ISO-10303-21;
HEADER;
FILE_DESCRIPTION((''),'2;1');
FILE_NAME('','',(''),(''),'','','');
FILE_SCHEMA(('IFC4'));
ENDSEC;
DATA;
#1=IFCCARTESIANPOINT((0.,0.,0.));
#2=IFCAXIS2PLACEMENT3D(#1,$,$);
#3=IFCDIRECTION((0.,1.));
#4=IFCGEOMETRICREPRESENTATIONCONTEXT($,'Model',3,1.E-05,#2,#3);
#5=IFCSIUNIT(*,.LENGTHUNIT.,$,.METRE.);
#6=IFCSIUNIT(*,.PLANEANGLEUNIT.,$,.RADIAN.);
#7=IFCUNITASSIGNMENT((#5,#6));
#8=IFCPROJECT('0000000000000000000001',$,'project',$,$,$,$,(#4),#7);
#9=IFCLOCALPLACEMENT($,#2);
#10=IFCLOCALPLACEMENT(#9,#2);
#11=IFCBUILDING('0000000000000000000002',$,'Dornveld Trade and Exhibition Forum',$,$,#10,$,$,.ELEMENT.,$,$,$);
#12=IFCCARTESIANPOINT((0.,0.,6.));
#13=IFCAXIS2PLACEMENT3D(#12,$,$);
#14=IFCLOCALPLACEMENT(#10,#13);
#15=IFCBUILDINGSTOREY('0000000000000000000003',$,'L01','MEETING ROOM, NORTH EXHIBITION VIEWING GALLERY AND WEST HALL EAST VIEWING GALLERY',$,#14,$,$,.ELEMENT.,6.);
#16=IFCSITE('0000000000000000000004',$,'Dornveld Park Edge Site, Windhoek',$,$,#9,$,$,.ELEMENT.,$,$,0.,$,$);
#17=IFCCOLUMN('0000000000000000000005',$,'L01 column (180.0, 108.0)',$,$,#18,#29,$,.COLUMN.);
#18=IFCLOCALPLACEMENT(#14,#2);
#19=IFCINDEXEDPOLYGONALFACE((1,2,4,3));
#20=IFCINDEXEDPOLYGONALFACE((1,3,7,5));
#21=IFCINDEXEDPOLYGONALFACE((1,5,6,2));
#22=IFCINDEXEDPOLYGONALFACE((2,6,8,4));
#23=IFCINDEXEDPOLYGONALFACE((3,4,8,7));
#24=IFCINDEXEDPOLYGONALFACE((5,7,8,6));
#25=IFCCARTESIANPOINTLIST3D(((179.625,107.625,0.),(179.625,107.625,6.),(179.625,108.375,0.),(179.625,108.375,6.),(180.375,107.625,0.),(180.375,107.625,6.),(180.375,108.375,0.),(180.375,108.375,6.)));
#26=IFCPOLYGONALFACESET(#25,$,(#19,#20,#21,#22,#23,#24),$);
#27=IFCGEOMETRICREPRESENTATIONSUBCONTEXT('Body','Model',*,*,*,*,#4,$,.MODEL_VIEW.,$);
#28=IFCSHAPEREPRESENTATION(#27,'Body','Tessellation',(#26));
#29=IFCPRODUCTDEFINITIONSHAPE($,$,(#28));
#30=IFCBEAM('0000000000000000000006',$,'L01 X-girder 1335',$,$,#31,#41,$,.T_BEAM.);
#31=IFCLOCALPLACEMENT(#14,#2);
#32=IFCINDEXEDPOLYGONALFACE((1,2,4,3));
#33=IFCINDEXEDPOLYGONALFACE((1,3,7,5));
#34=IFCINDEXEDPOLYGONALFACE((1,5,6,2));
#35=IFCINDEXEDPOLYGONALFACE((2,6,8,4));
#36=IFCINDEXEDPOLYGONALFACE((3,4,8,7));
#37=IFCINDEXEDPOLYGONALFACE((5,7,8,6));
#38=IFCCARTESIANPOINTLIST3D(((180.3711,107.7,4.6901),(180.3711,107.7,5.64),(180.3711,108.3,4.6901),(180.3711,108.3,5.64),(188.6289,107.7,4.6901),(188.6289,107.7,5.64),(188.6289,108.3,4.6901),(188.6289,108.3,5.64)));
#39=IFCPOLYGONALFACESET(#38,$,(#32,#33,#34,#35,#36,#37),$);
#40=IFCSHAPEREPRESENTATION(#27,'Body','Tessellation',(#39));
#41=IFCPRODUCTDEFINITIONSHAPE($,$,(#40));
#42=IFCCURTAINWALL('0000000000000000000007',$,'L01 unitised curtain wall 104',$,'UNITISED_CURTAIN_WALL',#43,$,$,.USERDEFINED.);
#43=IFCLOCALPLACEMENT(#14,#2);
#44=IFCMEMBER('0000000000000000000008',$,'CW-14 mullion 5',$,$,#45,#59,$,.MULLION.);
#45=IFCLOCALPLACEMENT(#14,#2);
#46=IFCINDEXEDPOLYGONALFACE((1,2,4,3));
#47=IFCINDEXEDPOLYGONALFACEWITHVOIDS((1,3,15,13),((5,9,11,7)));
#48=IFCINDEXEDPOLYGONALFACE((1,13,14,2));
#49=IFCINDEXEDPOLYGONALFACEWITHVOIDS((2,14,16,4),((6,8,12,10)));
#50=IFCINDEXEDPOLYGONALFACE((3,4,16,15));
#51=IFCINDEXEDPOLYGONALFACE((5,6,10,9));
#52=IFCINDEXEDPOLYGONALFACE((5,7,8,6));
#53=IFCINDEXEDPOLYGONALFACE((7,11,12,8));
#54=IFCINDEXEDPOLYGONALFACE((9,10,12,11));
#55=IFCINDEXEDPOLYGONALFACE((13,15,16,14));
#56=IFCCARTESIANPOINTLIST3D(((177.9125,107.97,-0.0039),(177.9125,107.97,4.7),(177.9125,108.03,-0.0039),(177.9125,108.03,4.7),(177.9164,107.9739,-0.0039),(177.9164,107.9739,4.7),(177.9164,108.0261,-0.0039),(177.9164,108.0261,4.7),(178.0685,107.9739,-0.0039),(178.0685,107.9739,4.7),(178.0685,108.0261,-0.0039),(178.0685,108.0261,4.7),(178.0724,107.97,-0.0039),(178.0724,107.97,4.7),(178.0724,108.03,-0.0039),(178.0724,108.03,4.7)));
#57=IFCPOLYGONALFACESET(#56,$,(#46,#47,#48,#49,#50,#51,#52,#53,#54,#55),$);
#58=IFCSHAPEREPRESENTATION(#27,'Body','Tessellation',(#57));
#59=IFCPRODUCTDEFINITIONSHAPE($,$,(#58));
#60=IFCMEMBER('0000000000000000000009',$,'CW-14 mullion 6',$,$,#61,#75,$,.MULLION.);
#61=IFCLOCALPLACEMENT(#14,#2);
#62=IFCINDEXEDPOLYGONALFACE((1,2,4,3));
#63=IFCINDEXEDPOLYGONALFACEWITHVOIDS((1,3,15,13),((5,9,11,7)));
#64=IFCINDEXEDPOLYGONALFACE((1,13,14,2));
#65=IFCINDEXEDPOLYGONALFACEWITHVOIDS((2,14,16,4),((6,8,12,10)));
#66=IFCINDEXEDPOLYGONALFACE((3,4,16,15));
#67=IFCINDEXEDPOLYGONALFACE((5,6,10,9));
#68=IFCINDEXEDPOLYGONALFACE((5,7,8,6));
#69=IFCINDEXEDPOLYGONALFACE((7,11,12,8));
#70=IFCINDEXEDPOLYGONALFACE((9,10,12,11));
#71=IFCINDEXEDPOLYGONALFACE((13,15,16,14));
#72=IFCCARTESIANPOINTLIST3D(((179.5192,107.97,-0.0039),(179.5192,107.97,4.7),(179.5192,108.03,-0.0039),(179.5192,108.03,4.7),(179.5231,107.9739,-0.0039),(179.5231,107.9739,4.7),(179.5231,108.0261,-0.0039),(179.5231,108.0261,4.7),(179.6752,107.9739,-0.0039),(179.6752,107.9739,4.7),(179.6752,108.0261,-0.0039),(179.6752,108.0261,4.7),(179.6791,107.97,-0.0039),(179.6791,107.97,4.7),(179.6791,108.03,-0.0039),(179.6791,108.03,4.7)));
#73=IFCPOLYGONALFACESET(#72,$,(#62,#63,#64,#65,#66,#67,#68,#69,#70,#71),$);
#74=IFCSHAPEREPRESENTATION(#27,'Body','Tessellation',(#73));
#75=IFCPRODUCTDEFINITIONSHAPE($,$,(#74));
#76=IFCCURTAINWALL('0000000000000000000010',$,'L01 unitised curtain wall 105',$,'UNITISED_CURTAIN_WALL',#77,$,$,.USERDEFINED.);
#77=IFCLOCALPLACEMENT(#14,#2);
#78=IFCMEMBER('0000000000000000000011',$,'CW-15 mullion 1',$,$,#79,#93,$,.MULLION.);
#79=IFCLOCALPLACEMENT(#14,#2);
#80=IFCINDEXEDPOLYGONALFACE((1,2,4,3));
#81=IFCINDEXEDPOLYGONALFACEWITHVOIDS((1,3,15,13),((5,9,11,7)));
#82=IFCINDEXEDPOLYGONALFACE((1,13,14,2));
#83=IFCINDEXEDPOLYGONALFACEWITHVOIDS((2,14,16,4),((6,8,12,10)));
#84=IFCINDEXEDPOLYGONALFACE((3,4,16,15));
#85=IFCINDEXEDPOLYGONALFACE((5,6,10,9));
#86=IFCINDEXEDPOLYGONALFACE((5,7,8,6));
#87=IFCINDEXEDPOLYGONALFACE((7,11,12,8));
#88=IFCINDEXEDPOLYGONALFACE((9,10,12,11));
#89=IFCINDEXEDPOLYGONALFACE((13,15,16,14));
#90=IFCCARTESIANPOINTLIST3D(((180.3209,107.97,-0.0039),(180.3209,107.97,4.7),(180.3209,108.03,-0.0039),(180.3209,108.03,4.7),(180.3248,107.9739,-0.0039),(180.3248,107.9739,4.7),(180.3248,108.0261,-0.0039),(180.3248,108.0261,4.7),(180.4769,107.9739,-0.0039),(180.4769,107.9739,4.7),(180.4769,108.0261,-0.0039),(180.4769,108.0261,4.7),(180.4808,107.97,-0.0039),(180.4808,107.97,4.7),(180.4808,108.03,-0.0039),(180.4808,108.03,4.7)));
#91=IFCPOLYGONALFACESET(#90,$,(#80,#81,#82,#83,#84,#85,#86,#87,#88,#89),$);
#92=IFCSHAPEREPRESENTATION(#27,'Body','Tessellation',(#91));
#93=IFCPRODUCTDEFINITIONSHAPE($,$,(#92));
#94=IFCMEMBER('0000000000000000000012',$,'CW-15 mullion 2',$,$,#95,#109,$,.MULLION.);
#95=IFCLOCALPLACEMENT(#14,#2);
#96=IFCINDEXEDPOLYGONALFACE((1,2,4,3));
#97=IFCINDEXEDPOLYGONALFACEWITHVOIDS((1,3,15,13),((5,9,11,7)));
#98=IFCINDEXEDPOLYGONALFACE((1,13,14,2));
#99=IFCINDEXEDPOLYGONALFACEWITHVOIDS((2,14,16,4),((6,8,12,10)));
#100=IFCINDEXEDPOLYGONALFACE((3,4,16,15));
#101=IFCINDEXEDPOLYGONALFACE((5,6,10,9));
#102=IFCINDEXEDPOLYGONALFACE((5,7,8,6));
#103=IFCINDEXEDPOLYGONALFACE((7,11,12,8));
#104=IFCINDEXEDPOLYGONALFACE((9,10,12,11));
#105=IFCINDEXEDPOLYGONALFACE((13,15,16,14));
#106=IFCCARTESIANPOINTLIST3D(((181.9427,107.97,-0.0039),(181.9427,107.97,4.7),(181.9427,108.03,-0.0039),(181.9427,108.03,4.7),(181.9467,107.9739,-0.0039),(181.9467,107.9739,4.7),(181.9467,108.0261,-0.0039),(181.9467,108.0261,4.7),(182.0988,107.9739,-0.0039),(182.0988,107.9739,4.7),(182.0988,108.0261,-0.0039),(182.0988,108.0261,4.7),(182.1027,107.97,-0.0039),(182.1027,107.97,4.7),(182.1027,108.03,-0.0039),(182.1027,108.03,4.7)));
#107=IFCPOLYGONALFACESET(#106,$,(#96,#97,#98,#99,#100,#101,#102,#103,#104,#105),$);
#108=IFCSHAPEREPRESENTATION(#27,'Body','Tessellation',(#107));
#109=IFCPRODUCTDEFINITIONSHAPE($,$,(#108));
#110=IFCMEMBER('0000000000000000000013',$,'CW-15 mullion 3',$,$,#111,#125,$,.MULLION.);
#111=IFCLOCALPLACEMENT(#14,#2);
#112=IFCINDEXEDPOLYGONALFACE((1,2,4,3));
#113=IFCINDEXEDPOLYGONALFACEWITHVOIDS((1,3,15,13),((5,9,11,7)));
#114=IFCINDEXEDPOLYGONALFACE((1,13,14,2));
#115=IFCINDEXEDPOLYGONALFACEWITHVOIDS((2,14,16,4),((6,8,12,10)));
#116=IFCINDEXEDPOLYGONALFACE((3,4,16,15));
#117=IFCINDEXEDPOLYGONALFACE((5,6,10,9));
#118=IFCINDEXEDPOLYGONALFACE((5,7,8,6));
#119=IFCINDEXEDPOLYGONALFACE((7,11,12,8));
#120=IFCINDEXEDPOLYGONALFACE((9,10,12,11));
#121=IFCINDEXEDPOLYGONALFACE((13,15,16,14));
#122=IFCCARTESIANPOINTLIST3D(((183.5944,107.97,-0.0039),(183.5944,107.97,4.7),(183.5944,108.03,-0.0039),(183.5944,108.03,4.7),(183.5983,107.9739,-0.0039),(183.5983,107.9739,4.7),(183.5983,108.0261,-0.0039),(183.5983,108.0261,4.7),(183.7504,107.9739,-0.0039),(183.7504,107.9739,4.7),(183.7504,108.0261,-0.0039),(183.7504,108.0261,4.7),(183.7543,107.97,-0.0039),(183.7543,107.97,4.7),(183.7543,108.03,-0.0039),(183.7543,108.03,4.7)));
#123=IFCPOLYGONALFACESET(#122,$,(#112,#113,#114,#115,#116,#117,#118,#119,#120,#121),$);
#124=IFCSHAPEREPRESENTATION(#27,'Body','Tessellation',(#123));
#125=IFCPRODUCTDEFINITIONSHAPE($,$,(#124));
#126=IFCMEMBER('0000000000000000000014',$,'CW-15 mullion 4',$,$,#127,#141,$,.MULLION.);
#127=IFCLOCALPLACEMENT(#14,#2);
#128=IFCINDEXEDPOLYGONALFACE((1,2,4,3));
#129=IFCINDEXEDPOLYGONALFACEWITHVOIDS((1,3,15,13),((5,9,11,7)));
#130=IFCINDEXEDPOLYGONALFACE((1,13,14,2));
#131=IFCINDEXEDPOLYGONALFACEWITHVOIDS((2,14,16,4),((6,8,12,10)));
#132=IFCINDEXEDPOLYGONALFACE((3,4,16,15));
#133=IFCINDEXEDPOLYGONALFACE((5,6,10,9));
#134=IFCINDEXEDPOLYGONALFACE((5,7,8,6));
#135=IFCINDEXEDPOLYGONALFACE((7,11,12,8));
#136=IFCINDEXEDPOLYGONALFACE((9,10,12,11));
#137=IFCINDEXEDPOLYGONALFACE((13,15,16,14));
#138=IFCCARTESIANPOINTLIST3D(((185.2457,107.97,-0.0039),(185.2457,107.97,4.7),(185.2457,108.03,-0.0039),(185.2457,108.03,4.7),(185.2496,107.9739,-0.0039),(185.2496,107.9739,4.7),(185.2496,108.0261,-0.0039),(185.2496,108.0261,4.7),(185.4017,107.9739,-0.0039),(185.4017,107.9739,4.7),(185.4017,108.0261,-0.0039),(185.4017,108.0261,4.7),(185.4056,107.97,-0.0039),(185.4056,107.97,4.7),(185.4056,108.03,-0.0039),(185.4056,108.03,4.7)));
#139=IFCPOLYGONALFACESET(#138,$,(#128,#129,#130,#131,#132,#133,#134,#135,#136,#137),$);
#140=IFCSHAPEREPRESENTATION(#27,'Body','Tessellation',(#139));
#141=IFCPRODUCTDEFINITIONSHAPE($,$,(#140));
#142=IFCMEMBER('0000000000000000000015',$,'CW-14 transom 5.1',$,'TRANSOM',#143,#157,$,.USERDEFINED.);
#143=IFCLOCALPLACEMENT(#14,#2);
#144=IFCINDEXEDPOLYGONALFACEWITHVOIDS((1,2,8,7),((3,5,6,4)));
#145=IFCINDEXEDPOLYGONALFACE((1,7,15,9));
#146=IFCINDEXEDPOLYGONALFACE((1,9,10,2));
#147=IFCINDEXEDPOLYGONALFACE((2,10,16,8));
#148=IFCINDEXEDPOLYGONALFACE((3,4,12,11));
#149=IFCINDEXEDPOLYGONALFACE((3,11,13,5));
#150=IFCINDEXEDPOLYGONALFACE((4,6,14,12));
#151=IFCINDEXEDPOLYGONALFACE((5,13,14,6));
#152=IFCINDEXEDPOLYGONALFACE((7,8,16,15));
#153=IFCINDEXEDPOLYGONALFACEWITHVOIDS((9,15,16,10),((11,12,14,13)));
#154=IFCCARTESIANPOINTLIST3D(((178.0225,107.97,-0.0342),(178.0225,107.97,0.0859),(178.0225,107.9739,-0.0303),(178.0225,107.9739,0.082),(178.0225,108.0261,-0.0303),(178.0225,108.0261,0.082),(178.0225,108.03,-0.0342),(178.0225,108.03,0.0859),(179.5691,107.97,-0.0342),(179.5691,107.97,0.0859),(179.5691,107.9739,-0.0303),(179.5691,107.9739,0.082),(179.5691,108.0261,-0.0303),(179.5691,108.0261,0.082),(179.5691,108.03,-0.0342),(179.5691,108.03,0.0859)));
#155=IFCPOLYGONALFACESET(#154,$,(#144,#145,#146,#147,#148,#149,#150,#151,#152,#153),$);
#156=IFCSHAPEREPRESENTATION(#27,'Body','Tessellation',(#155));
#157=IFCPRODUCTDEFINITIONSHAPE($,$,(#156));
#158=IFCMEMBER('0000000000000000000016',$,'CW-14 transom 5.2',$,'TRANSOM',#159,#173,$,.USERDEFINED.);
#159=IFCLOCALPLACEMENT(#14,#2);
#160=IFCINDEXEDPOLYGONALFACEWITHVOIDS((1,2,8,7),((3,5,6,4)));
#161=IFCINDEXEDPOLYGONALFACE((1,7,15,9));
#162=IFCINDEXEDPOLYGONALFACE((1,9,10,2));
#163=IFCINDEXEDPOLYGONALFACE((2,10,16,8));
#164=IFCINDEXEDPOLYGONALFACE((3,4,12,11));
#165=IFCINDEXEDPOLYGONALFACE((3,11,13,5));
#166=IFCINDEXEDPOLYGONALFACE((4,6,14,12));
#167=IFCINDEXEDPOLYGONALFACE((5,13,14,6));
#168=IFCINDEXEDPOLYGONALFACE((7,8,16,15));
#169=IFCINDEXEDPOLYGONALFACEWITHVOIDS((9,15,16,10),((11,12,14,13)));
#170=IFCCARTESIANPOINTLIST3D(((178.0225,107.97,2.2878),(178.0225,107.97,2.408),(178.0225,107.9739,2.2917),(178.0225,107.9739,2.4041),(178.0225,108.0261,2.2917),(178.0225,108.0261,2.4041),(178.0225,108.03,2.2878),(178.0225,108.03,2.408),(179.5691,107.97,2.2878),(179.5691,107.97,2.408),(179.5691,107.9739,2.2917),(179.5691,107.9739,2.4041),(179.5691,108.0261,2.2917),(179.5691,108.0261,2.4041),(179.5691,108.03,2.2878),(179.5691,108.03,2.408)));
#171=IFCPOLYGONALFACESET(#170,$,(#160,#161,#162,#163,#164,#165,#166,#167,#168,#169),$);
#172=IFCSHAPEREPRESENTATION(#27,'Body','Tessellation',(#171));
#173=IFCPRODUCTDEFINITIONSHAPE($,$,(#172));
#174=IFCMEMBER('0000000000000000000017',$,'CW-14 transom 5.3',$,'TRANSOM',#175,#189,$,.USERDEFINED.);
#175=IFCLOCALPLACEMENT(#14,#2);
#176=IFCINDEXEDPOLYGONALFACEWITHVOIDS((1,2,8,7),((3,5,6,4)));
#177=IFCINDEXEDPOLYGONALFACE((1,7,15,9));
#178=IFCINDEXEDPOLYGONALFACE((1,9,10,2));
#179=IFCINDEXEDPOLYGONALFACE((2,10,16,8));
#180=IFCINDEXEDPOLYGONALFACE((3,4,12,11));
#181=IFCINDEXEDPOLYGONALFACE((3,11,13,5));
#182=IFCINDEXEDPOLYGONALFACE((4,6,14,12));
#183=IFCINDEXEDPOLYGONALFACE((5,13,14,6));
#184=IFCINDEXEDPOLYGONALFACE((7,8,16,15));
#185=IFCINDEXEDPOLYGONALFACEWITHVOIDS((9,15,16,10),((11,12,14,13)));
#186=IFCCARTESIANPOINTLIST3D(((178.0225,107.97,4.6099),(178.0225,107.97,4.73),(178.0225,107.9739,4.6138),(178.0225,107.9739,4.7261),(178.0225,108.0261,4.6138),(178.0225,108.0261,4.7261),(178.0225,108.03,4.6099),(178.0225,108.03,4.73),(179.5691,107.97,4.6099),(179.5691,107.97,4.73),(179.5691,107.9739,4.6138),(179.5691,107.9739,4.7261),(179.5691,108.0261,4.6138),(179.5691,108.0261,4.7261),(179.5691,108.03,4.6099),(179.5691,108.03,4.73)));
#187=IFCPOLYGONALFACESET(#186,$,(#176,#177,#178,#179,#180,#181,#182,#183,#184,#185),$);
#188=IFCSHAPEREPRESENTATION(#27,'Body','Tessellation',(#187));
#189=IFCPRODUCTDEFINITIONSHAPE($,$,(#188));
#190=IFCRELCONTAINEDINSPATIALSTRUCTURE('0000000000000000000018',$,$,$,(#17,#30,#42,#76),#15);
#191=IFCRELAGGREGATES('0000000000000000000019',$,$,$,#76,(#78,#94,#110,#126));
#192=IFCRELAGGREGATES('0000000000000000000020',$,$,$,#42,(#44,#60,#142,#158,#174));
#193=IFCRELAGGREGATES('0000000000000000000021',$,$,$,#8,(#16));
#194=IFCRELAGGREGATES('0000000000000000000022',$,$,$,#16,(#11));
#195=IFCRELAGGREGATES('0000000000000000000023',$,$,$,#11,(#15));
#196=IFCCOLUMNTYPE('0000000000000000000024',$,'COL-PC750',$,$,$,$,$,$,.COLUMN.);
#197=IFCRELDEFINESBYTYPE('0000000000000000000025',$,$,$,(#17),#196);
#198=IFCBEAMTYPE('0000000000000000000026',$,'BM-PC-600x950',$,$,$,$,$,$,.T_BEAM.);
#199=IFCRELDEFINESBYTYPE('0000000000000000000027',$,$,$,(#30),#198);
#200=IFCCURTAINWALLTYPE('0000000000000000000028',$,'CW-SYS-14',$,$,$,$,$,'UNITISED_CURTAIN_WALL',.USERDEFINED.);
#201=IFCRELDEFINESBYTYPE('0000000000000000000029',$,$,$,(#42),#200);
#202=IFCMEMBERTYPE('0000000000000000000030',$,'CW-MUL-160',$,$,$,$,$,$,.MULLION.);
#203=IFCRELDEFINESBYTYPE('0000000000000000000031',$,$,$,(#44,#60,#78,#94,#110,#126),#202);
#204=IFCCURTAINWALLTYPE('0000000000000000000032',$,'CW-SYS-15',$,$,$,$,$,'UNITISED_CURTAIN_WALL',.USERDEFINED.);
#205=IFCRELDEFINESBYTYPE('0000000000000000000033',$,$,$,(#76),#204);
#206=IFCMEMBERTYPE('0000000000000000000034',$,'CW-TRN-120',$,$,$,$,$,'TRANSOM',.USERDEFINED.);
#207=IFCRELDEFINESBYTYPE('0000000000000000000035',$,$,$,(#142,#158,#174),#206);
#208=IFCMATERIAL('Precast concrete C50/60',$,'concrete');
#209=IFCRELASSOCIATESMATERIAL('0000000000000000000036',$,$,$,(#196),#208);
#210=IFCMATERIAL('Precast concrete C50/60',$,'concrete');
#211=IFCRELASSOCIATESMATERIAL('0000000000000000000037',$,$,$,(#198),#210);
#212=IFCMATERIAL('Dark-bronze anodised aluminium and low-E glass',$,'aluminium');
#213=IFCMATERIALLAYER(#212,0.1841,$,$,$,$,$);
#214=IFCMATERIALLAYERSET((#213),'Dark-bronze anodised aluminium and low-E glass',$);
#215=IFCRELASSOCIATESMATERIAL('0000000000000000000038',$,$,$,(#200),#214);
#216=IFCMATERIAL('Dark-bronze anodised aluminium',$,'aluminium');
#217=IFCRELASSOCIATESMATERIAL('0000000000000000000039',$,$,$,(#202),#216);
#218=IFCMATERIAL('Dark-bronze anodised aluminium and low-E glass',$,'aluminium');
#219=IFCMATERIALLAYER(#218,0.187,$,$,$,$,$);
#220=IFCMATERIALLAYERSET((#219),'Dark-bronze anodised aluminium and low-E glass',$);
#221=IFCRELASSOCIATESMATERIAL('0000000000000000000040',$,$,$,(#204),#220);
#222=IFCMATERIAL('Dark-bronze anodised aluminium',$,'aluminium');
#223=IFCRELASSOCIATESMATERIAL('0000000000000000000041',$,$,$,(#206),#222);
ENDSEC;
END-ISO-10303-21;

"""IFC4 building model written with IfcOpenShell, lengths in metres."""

from ifc_helpers import new_model, si_unit, direction, frame, origin, origin_2d, place, context, subcontext, project, spatial, rectangle, hollow_rectangle, extrude, material, layer, layer_set, material_profile, profile_set, type_object, element, aggregate, save


model = new_model("IFC4")

# Units and contexts
model_context = context("Model", 3, precision=1e-05, world=origin(), true_north=direction((0.0, 1.0)))
body_context = subcontext(model_context, "Body", "Model", "MODEL_VIEW")
ifc_project = project(units=[si_unit("LENGTHUNIT", "METRE"), si_unit("PLANEANGLEUNIT", "RADIAN")], contexts=[model_context])

# Site, building, storey
site_placement = place(None, origin())
site = spatial("IfcSite", under=ifc_project, at=site_placement, Name="Dornveld Park Edge Site, Windhoek", CompositionType="ELEMENT", RefElevation=0.0)
building_placement = place(site_placement, origin())
building = spatial("IfcBuilding", under=site, at=building_placement, Name="Dornveld Trade and Exhibition Forum", CompositionType="ELEMENT")
storey_placement = place(building_placement, frame((0.0, 0.0, 6.0)))
storey = spatial("IfcBuildingStorey", under=building, at=storey_placement, Name="L01", Description="MEETING ROOM, NORTH EXHIBITION VIEWING GALLERY AND WEST HALL EAST VIEWING GALLERY", CompositionType="ELEMENT", Elevation=6.0)

# Column
ifc_material_1 = material(Name="Precast concrete C50/60", Category="concrete")
ifc_material_profile_1 = material_profile(ifc_material_1, rectangle(XDim=0.75, YDim=0.75, at=origin_2d()), Name="PC-COL 750x750")
ifc_profile_set_1 = profile_set([ifc_material_profile_1], Name="Precast concrete C50/60")
column_type = type_object("IfcColumnType", Name="COL-PC750", PredefinedType="COLUMN", material=ifc_profile_set_1)
column_placement = place(storey_placement, frame((180.0, 108.0, 0.0), z_axis=(0.0, 0.0, 1.0), x_axis=(1.0, 0.0, 0.0)))
element("IfcColumn", 1, at=column_placement, inside=storey, type_object=column_type, Name="L01 column (180.0, 108.0)", PredefinedType="COLUMN", context=body_context, shape_type="SweptSolid", body=[
    extrude(rectangle(XDim=0.75, YDim=0.75, at=origin_2d()), origin(), (0.0, 0.0, 1.0), 6.0),
])

# Beam
ifc_material_2 = material(Name="Precast concrete C50/60", Category="concrete")
ifc_material_profile_2 = material_profile(ifc_material_2, rectangle(XDim=0.6001, YDim=0.95, at=origin_2d()), Name="PC-GIR 600x950")
ifc_profile_set_2 = profile_set([ifc_material_profile_2], Name="Precast concrete C50/60")
beam_type = type_object("IfcBeamType", Name="BM-PC-600x950", PredefinedType="T_BEAM", material=ifc_profile_set_2)
beam_placement = place(storey_placement, frame((180.3711, 108.0, 5.165), z_axis=(1.0, 0.0, 0.0), x_axis=(0.0, 1.0, 0.0)))
element("IfcBeam", 2, at=beam_placement, inside=storey, type_object=beam_type, Name="L01 X-girder 1335", PredefinedType="T_BEAM", context=body_context, shape_type="SweptSolid", body=[
    extrude(rectangle(XDim=0.6001, YDim=0.95, at=origin_2d()), origin(), (0.0, 0.0, 1.0), 8.2578),
])

# Curtain walls, members
ifc_material_3 = material(Name="Dark-bronze anodised aluminium and low-E glass", Category="aluminium")
ifc_layer_1 = layer(ifc_material_3, 0.1841)
ifc_layer_set_1 = layer_set([ifc_layer_1], Name="Dark-bronze anodised aluminium and low-E glass")
curtain_wall_type_1 = type_object("IfcCurtainWallType", Name="CW-SYS-14", ElementType="UNITISED_CURTAIN_WALL", PredefinedType="USERDEFINED", material=ifc_layer_set_1)
curtain_wall_1_placement = place(storey_placement, origin())
curtain_wall_1 = element("IfcCurtainWall", 3, at=curtain_wall_1_placement, inside=storey, type_object=curtain_wall_type_1, Name="L01 unitised curtain wall 104", ObjectType="UNITISED_CURTAIN_WALL", PredefinedType="USERDEFINED")
ifc_material_4 = material(Name="Dark-bronze anodised aluminium", Category="aluminium")
ifc_material_profile_3 = material_profile(ifc_material_4, hollow_rectangle(XDim=0.0601, YDim=0.1599, WallThickness=0.0039, at=origin_2d()), Name="RHS 160x60x4")
ifc_profile_set_3 = profile_set([ifc_material_profile_3], Name="Dark-bronze anodised aluminium")
member_type_1 = type_object("IfcMemberType", Name="CW-MUL-160", PredefinedType="MULLION", material=ifc_profile_set_3)
member_1_placement = place(storey_placement, frame((177.9924, 108.0, -0.0039), z_axis=(0.0, 0.0, 1.0), x_axis=(0.0, 1.0, 0.0)))
member_1 = element("IfcMember", 4, at=member_1_placement, type_object=member_type_1, Name="CW-14 mullion 5", PredefinedType="MULLION", context=body_context, shape_type="SweptSolid", body=[
    extrude(hollow_rectangle(XDim=0.0601, YDim=0.1599, WallThickness=0.0039, at=origin_2d()), origin(), (0.0, 0.0, 1.0), 4.7039),
])
member_2_placement = place(storey_placement, frame((179.5991, 108.0, -0.0039), z_axis=(0.0, 0.0, 1.0), x_axis=(0.0, 1.0, 0.0)))
member_2 = element("IfcMember", 5, at=member_2_placement, type_object=member_type_1, Name="CW-14 mullion 6", PredefinedType="MULLION", context=body_context, shape_type="SweptSolid", body=[
    extrude(hollow_rectangle(XDim=0.0601, YDim=0.1599, WallThickness=0.0039, at=origin_2d()), origin(), (0.0, 0.0, 1.0), 4.7039),
])
ifc_material_5 = material(Name="Dark-bronze anodised aluminium and low-E glass", Category="aluminium")
ifc_layer_2 = layer(ifc_material_5, 0.187)
ifc_layer_set_2 = layer_set([ifc_layer_2], Name="Dark-bronze anodised aluminium and low-E glass")
curtain_wall_type_2 = type_object("IfcCurtainWallType", Name="CW-SYS-15", ElementType="UNITISED_CURTAIN_WALL", PredefinedType="USERDEFINED", material=ifc_layer_set_2)
curtain_wall_2_placement = place(storey_placement, origin())
curtain_wall_2 = element("IfcCurtainWall", 6, at=curtain_wall_2_placement, inside=storey, type_object=curtain_wall_type_2, Name="L01 unitised curtain wall 105", ObjectType="UNITISED_CURTAIN_WALL", PredefinedType="USERDEFINED")
member_3_placement = place(storey_placement, frame((180.4009, 108.0, -0.0039), z_axis=(0.0, 0.0, 1.0), x_axis=(0.0, 1.0, 0.0)))
member_3 = element("IfcMember", 7, at=member_3_placement, type_object=member_type_1, Name="CW-15 mullion 1", PredefinedType="MULLION", context=body_context, shape_type="SweptSolid", body=[
    extrude(hollow_rectangle(XDim=0.0601, YDim=0.1599, WallThickness=0.0039, at=origin_2d()), origin(), (0.0, 0.0, 1.0), 4.7039),
])
member_4_placement = place(storey_placement, frame((182.0227, 108.0, -0.0039), z_axis=(0.0, 0.0, 1.0), x_axis=(0.0, 1.0, 0.0)))
member_4 = element("IfcMember", 8, at=member_4_placement, type_object=member_type_1, Name="CW-15 mullion 2", PredefinedType="MULLION", context=body_context, shape_type="SweptSolid", body=[
    extrude(hollow_rectangle(XDim=0.0601, YDim=0.1599, WallThickness=0.0039, at=origin_2d()), origin(), (0.0, 0.0, 1.0), 4.7039),
])
member_5_placement = place(storey_placement, frame((183.6743, 108.0, -0.0039), z_axis=(0.0, 0.0, 1.0), x_axis=(0.0, 1.0, 0.0)))
member_5 = element("IfcMember", 9, at=member_5_placement, type_object=member_type_1, Name="CW-15 mullion 3", PredefinedType="MULLION", context=body_context, shape_type="SweptSolid", body=[
    extrude(hollow_rectangle(XDim=0.0601, YDim=0.1599, WallThickness=0.0039, at=origin_2d()), origin(), (0.0, 0.0, 1.0), 4.7039),
])
member_6_placement = place(storey_placement, frame((185.3257, 108.0, -0.0039), z_axis=(0.0, 0.0, 1.0), x_axis=(0.0, 1.0, 0.0)))
member_6 = element("IfcMember", 10, at=member_6_placement, type_object=member_type_1, Name="CW-15 mullion 4", PredefinedType="MULLION", context=body_context, shape_type="SweptSolid", body=[
    extrude(hollow_rectangle(XDim=0.0601, YDim=0.1599, WallThickness=0.0039, at=origin_2d()), origin(), (0.0, 0.0, 1.0), 4.7039),
])

# Members
ifc_material_6 = material(Name="Dark-bronze anodised aluminium", Category="aluminium")
ifc_material_profile_4 = material_profile(ifc_material_6, hollow_rectangle(XDim=0.0601, YDim=0.1201, WallThickness=0.0039, at=origin_2d()), Name="RHS 120x60x4")
ifc_profile_set_4 = profile_set([ifc_material_profile_4], Name="Dark-bronze anodised aluminium")
member_type_2 = type_object("IfcMemberType", Name="CW-TRN-120", ElementType="TRANSOM", PredefinedType="USERDEFINED", material=ifc_profile_set_4)
member_7_placement = place(storey_placement, frame((178.0225, 108.0, 0.0259), z_axis=(1.0, 0.0, 0.0), x_axis=(0.0, 1.0, 0.0)))
member_7 = element("IfcMember", 11, at=member_7_placement, type_object=member_type_2, Name="CW-14 transom 5.1", ObjectType="TRANSOM", PredefinedType="USERDEFINED", context=body_context, shape_type="SweptSolid", body=[
    extrude(hollow_rectangle(XDim=0.0601, YDim=0.1201, WallThickness=0.0039, at=origin_2d()), origin(), (0.0, 0.0, 1.0), 1.5466),
])
member_8_placement = place(storey_placement, frame((178.0225, 108.0, 2.3479), z_axis=(1.0, 0.0, 0.0), x_axis=(0.0, 1.0, 0.0)))
member_8 = element("IfcMember", 12, at=member_8_placement, type_object=member_type_2, Name="CW-14 transom 5.2", ObjectType="TRANSOM", PredefinedType="USERDEFINED", context=body_context, shape_type="SweptSolid", body=[
    extrude(hollow_rectangle(XDim=0.0601, YDim=0.1201, WallThickness=0.0039, at=origin_2d()), origin(), (0.0, 0.0, 1.0), 1.5466),
])
member_9_placement = place(storey_placement, frame((178.0225, 108.0, 4.6699), z_axis=(1.0, 0.0, 0.0), x_axis=(0.0, 1.0, 0.0)))
member_9 = element("IfcMember", 13, at=member_9_placement, type_object=member_type_2, Name="CW-14 transom 5.3", ObjectType="TRANSOM", PredefinedType="USERDEFINED", context=body_context, shape_type="SweptSolid", body=[
    extrude(hollow_rectangle(XDim=0.0601, YDim=0.1201, WallThickness=0.0039, at=origin_2d()), origin(), (0.0, 0.0, 1.0), 1.5466),
])

aggregate(curtain_wall_2, [member_3, member_4, member_5, member_6])
aggregate(curtain_wall_1, [member_1, member_2, member_7, member_8, member_9])

save(model, "model.ifc")
